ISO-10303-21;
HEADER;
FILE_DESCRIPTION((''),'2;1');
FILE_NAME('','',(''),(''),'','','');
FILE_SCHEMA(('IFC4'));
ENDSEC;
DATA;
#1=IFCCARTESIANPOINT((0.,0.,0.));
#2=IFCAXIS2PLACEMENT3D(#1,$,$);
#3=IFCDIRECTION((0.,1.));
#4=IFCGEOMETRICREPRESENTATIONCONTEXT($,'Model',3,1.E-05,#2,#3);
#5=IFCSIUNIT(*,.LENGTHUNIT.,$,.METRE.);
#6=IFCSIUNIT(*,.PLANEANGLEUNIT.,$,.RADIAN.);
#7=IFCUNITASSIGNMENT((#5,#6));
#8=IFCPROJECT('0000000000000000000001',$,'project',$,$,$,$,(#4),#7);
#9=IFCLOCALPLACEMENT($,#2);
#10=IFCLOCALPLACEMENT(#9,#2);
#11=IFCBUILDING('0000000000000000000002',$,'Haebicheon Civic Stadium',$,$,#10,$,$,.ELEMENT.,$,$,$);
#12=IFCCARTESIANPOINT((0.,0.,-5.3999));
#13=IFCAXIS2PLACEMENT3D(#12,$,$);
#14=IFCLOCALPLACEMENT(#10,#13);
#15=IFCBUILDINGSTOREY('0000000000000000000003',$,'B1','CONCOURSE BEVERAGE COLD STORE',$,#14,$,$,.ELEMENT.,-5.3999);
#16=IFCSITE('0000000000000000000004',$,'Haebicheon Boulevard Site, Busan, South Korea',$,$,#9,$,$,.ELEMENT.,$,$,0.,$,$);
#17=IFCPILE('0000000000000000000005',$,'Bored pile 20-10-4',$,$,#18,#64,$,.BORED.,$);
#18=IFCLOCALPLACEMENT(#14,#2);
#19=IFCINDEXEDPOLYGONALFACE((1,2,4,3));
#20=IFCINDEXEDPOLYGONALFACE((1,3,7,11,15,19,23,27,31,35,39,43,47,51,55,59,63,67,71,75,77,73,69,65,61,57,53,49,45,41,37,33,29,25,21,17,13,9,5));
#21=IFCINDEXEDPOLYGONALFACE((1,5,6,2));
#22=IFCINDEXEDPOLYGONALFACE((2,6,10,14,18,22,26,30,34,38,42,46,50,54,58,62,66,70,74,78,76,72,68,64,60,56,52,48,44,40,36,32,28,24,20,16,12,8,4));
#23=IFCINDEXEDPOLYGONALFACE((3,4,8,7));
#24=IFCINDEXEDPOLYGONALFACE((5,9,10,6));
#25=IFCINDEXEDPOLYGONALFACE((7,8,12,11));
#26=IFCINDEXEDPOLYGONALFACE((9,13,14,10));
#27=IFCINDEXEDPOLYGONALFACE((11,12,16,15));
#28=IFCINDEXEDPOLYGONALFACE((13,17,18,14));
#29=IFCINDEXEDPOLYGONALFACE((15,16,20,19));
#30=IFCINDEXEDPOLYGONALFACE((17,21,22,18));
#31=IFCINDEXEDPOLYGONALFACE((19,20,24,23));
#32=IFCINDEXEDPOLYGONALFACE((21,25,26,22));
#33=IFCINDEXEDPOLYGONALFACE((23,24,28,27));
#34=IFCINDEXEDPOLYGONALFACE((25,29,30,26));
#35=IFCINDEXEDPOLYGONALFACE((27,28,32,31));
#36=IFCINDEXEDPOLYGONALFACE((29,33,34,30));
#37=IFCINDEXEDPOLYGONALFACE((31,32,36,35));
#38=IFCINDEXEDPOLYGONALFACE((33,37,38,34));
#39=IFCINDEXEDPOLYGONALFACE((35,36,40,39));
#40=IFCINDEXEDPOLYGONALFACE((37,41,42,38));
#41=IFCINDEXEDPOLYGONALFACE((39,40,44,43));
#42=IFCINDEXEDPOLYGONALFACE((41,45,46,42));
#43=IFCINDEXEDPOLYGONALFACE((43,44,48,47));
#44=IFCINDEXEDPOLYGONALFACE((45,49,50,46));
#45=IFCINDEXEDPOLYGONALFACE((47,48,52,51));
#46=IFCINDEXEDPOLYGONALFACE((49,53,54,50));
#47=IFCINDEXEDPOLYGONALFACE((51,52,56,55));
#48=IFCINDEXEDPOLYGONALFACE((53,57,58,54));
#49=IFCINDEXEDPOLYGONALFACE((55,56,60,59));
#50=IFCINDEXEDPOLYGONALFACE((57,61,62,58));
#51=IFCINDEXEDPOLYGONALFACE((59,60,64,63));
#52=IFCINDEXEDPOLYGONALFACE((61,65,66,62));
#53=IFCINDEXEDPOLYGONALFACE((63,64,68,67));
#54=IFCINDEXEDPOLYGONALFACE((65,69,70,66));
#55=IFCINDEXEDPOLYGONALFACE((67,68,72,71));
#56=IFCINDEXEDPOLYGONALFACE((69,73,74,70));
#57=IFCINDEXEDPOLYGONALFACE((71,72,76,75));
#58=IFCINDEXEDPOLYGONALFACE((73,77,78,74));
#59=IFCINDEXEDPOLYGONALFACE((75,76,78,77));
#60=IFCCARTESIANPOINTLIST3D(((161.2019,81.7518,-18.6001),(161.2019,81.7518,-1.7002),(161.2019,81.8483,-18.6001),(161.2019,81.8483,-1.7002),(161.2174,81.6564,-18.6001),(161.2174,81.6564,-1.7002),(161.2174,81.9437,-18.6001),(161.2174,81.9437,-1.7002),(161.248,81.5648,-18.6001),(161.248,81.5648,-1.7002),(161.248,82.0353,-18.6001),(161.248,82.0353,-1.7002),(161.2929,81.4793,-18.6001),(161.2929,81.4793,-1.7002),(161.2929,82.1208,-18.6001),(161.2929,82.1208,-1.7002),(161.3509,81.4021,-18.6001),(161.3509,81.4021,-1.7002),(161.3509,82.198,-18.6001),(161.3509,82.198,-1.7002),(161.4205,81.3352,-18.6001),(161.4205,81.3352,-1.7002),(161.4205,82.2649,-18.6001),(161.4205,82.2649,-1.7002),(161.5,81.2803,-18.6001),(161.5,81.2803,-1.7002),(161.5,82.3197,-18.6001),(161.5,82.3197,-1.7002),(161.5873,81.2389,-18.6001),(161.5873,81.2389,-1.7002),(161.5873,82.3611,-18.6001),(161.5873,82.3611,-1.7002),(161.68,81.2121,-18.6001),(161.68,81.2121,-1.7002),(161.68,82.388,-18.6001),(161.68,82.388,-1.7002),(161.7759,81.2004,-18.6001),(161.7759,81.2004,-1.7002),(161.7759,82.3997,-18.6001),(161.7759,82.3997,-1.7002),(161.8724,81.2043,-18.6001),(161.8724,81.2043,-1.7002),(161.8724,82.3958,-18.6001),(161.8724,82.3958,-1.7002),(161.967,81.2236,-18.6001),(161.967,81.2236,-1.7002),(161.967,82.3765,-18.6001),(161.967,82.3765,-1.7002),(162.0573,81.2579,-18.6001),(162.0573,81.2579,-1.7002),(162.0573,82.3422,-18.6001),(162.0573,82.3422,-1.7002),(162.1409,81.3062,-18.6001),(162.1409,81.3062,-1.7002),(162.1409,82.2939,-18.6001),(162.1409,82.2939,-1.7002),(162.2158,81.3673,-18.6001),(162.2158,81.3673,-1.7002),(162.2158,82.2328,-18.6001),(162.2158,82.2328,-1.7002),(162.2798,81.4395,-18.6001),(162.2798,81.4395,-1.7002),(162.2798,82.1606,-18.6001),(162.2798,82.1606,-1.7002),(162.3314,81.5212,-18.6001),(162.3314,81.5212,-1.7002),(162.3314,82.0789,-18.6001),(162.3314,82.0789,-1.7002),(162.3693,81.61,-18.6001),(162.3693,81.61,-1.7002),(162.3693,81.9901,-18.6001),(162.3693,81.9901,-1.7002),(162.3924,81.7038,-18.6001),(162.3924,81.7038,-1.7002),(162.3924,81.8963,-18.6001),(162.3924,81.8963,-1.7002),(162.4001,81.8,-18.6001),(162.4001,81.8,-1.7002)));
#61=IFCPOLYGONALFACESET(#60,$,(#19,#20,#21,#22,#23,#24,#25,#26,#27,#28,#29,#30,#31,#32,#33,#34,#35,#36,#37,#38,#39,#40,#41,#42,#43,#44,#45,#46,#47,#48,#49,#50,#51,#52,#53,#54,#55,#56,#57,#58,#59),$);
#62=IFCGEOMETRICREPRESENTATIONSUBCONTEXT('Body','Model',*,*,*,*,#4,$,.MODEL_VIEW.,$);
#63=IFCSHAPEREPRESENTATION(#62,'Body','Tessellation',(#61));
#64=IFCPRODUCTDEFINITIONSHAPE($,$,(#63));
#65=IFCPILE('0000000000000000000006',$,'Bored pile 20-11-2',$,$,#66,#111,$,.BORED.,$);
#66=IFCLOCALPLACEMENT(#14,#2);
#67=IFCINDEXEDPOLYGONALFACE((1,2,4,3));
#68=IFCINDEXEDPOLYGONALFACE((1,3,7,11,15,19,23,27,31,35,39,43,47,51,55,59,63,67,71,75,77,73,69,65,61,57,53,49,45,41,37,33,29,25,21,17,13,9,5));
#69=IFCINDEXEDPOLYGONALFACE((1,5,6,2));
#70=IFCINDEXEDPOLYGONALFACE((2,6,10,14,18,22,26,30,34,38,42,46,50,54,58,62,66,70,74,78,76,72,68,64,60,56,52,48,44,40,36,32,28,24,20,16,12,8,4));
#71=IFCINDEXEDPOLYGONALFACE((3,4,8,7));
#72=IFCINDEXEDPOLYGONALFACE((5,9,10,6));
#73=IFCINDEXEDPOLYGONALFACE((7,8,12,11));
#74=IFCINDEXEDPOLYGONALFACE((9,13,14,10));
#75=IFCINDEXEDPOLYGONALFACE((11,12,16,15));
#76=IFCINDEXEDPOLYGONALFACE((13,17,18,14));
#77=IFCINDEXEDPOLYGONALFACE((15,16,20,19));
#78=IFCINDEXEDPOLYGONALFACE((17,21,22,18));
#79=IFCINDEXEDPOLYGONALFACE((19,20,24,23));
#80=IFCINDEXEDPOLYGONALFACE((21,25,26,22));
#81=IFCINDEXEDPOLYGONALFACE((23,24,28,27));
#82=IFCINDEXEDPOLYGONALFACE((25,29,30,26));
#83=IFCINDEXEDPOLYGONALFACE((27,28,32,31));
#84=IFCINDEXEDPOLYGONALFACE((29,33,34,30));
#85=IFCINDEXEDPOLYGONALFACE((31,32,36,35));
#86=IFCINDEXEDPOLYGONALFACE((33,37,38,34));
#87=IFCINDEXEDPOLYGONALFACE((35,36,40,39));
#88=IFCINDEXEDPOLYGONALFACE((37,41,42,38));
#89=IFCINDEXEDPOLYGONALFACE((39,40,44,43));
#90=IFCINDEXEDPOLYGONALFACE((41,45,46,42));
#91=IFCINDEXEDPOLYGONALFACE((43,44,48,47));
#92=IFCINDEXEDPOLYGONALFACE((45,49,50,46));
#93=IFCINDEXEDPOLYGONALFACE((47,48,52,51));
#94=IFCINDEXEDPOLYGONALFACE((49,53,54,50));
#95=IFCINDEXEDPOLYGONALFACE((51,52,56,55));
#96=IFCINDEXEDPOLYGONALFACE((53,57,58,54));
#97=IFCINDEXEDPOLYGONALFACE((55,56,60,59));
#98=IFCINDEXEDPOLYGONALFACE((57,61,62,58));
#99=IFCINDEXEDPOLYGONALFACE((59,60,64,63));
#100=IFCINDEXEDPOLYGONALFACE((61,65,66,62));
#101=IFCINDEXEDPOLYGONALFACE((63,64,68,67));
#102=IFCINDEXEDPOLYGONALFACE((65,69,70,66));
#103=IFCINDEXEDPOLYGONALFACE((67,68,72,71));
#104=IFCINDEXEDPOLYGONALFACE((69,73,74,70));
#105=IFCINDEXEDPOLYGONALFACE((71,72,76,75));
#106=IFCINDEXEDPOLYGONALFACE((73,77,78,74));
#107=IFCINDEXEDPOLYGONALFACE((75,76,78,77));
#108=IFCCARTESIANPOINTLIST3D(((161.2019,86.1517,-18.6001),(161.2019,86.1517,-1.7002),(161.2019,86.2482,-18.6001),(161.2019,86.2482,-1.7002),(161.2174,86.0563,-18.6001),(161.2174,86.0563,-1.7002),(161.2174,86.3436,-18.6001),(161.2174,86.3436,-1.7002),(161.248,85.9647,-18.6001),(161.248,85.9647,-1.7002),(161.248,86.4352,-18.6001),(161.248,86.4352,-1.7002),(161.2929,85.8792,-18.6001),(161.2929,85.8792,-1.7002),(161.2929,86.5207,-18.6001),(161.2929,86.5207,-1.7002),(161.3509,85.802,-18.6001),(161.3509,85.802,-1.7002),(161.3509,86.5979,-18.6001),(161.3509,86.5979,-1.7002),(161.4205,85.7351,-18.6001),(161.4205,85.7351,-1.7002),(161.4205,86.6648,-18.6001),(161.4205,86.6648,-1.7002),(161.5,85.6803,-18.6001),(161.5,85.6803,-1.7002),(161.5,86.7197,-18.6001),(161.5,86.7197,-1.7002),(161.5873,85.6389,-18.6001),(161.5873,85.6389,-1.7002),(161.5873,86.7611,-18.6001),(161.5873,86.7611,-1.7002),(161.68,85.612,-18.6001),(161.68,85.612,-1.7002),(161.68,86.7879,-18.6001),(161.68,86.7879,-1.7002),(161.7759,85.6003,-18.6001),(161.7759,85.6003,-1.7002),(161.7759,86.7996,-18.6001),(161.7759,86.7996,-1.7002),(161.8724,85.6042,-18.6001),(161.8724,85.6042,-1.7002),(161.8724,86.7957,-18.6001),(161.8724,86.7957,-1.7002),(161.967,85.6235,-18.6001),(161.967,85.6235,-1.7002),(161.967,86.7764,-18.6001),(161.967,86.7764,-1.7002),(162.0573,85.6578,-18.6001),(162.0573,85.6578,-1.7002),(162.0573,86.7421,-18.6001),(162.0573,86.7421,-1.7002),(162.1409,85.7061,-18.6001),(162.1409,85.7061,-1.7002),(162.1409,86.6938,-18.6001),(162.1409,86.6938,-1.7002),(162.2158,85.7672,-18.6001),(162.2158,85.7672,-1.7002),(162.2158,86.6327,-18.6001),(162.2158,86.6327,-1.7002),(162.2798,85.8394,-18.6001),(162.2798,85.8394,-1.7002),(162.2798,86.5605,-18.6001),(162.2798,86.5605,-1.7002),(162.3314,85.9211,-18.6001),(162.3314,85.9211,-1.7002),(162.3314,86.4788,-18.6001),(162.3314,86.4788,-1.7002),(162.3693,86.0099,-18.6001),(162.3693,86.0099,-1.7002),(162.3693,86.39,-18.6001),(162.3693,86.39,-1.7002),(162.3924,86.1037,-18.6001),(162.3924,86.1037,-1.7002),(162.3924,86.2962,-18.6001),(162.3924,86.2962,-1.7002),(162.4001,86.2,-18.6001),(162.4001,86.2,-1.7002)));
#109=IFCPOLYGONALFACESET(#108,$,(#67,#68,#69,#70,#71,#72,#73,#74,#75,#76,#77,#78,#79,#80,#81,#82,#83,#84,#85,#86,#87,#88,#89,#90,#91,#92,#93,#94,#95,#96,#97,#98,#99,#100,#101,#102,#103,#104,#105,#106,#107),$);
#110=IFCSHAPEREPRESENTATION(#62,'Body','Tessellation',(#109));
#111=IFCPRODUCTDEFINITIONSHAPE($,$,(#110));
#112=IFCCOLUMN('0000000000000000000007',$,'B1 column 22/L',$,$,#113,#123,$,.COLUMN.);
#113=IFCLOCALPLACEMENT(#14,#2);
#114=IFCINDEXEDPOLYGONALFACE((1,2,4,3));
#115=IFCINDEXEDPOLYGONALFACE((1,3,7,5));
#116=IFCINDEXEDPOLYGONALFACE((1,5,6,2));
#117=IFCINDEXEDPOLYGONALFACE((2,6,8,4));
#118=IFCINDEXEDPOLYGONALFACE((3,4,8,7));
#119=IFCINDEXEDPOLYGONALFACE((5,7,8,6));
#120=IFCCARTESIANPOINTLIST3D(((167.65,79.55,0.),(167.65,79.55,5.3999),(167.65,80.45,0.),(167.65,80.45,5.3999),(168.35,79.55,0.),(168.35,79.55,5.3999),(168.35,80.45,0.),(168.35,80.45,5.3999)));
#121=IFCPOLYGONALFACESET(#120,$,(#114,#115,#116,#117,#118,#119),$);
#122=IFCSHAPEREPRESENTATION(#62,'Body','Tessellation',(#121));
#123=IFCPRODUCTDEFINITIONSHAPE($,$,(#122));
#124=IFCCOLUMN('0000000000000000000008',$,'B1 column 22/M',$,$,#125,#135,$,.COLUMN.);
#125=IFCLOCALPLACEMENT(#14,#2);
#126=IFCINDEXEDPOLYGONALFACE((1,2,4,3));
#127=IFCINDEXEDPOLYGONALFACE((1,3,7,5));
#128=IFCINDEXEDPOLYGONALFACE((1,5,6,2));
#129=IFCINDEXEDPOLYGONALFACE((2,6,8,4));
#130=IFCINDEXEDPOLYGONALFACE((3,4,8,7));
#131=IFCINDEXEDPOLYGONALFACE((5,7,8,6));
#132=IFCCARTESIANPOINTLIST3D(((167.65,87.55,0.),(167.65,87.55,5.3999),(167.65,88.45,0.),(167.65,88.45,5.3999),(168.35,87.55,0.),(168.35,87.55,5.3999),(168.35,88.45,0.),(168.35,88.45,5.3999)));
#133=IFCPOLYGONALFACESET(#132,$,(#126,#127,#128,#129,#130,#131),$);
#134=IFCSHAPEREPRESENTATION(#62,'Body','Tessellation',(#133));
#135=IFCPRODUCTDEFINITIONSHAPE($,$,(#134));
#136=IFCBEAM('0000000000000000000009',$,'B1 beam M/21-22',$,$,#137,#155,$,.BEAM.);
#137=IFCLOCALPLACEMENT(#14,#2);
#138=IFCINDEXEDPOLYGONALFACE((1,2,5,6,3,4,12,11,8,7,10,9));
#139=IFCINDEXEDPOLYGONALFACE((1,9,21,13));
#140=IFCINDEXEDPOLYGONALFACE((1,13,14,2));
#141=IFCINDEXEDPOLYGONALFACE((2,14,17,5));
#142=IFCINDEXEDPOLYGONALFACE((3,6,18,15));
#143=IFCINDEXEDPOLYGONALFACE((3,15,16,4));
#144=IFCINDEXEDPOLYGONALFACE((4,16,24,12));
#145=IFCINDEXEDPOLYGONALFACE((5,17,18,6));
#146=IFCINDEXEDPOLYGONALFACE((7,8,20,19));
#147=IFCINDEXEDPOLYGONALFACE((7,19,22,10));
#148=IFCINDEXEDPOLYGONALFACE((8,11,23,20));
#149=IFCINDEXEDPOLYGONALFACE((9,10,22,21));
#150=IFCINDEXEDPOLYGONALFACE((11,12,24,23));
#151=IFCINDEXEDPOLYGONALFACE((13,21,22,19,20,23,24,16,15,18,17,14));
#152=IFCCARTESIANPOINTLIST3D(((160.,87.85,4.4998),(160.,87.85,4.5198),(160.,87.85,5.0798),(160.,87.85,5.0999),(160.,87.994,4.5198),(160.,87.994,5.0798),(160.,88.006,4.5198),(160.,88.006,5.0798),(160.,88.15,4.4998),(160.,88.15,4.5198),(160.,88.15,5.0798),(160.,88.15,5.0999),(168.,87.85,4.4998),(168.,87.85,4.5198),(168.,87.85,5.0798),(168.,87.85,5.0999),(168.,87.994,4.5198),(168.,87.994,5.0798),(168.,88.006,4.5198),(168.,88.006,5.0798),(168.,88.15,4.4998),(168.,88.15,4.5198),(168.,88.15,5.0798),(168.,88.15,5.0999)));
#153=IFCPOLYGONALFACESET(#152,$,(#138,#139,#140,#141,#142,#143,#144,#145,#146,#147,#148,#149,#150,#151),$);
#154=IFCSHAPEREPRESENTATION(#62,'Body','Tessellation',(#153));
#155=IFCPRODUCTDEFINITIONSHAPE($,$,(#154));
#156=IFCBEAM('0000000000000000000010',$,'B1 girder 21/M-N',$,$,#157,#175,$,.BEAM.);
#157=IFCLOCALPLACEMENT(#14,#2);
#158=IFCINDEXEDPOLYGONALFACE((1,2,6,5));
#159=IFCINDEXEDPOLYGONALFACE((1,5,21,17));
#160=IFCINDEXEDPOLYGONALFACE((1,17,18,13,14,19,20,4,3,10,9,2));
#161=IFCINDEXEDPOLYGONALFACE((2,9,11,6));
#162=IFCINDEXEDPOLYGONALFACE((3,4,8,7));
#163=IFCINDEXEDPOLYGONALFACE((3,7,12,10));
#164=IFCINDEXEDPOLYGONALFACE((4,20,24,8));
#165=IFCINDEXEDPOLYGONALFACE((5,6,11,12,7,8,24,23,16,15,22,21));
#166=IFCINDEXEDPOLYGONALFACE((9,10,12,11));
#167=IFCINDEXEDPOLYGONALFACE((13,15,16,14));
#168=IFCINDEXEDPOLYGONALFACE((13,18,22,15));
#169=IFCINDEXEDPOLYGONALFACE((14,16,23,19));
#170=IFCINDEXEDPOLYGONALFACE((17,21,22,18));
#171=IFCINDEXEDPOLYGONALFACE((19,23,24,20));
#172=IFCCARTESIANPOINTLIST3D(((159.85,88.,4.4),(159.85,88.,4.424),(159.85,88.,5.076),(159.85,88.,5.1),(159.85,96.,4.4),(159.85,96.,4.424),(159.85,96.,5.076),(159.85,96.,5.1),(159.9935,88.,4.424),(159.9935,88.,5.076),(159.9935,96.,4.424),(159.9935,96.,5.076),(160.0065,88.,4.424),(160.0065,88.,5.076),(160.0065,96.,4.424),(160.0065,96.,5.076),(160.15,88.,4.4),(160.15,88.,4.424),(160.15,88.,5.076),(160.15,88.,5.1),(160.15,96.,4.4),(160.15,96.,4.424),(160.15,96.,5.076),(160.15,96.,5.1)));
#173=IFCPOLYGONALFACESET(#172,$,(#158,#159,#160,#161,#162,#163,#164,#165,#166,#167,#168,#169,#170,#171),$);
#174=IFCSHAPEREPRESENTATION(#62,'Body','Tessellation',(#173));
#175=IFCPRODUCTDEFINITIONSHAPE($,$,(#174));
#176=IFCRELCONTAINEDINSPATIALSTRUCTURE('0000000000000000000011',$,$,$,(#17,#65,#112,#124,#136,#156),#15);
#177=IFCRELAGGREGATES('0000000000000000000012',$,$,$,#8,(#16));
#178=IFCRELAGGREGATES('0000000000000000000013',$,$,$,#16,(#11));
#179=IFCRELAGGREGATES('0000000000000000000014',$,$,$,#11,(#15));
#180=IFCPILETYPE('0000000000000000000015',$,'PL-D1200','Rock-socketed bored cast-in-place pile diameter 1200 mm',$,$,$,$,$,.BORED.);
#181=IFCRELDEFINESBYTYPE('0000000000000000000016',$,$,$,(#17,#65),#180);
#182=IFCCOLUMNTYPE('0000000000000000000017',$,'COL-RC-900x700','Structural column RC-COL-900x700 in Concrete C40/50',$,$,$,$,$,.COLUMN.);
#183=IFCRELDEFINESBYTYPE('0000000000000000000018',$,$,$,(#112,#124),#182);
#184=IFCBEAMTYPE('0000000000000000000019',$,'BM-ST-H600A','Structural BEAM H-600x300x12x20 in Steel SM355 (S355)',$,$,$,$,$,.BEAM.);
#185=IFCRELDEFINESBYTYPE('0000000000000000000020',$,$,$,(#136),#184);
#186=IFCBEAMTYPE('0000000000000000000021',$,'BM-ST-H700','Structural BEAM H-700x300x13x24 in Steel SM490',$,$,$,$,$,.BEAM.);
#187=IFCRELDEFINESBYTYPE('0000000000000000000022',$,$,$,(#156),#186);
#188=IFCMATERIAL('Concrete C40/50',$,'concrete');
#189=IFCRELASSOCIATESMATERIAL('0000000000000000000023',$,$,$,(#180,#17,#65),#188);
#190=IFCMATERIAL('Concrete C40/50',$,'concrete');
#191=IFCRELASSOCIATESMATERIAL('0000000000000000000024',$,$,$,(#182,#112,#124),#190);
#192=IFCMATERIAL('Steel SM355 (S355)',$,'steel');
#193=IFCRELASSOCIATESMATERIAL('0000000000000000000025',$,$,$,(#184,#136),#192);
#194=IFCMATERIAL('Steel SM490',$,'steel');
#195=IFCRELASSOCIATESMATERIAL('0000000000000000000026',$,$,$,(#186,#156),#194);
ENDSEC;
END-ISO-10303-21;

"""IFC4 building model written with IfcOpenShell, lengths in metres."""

from ifc_helpers import new_model, si_unit, direction, frame, origin, origin_2d, place, context, subcontext, project, spatial, rectangle, circle, i_section, extrude, material, material_profile, profile_set, type_object, element, save


model = new_model("IFC4")

# Units and contexts
model_context = context("Model", 3, precision=1e-05, world=origin(), true_north=direction((0.0, 1.0)))
body_context = subcontext(model_context, "Body", "Model", "MODEL_VIEW")
ifc_project = project(units=[si_unit("LENGTHUNIT", "METRE"), si_unit("PLANEANGLEUNIT", "RADIAN")], contexts=[model_context])

# Site, building, storey
site_placement = place(None, origin())
site = spatial("IfcSite", under=ifc_project, at=site_placement, Name="Haebicheon Boulevard Site, Busan, South Korea", CompositionType="ELEMENT", RefElevation=0.0)
building_placement = place(site_placement, origin())
building = spatial("IfcBuilding", under=site, at=building_placement, Name="Haebicheon Civic Stadium", CompositionType="ELEMENT")
storey_placement = place(building_placement, frame((0.0, 0.0, -5.3999)))
storey = spatial("IfcBuildingStorey", under=building, at=storey_placement, Name="B1", Description="CONCOURSE BEVERAGE COLD STORE", CompositionType="ELEMENT", Elevation=-5.3999)

# Piles
ifc_material_1 = material(Name="Concrete C40/50", Category="concrete")
ifc_material_profile_1 = material_profile(ifc_material_1, circle(Radius=0.6001, at=origin_2d()), Name="PILE-D1200")
ifc_profile_set_1 = profile_set([ifc_material_profile_1], Name="Concrete C40/50")
pile_type_1 = type_object("IfcPileType", Name="PL-D1200", Description="Rock-socketed bored cast-in-place pile diameter 1200 mm", PredefinedType="BORED", material=ifc_profile_set_1)
for number, where, z_axis, x_axis, name in (
    (1, (161.8, 81.8, -1.7002), (0.0, 0.0, -1.0), (1.0, 0.0, 0.0), "Bored pile 20-10-4"),
    (2, (161.8, 86.2, -1.7002), (0.0, 0.0, -1.0), (1.0, 0.0, 0.0), "Bored pile 20-11-2"),
):
    element("IfcPile", number, at=place(storey_placement, frame(where, z_axis=z_axis, x_axis=x_axis)), inside=storey, type_object=pile_type_1, material=ifc_profile_set_1, Name=name, PredefinedType="BORED", context=body_context, shape_type="SweptSolid", body=[
        extrude(circle(Radius=0.6001, at=origin_2d()), origin(), (0.0, 0.0, 1.0), 16.8999),
    ])

# Columns
ifc_material_2 = material(Name="Concrete C40/50", Category="concrete")
ifc_material_profile_2 = material_profile(ifc_material_2, rectangle(XDim=0.7, YDim=0.8999, at=origin_2d()), Name="RC-COL-900x700")
ifc_profile_set_2 = profile_set([ifc_material_profile_2], Name="Concrete C40/50")
column_type = type_object("IfcColumnType", Name="COL-RC-900x700", Description="Structural column RC-COL-900x700 in Concrete C40/50", PredefinedType="COLUMN", material=ifc_profile_set_2)
for number, where, z_axis, x_axis, name in (
    (3, (168.0, 80.0, 0.0), (0.0, 0.0, 1.0), (1.0, 0.0, 0.0), "B1 column 22/L"),
    (4, (168.0, 88.0, 0.0), (0.0, 0.0, 1.0), (1.0, 0.0, 0.0), "B1 column 22/M"),
):
    element("IfcColumn", number, at=place(storey_placement, frame(where, z_axis=z_axis, x_axis=x_axis)), inside=storey, type_object=column_type, material=ifc_profile_set_2, Name=name, PredefinedType="COLUMN", context=body_context, shape_type="SweptSolid", body=[
        extrude(rectangle(XDim=0.7, YDim=0.8999, at=origin_2d()), origin(), (0.0, 0.0, 1.0), 5.3999),
    ])

# Beams
ifc_material_3 = material(Name="Steel SM355 (S355)", Category="steel")
ifc_material_profile_3 = material_profile(ifc_material_3, i_section(OverallWidth=0.3, OverallDepth=0.6001, WebThickness=0.012, FlangeThickness=0.02, at=origin_2d()), Name="H-600x300x12x20")
ifc_profile_set_3 = profile_set([ifc_material_profile_3], Name="Steel SM355 (S355)")
beam_type_1 = type_object("IfcBeamType", Name="BM-ST-H600A", Description="Structural BEAM H-600x300x12x20 in Steel SM355 (S355)", PredefinedType="BEAM", material=ifc_profile_set_3)
beam_1_placement = place(storey_placement, frame((160.0, 88.0, 4.7998), z_axis=(1.0, 0.0, 0.0), x_axis=(0.0, 1.0, 0.0)))
element("IfcBeam", 5, at=beam_1_placement, inside=storey, type_object=beam_type_1, material=ifc_profile_set_3, Name="B1 beam M/21-22", PredefinedType="BEAM", context=body_context, shape_type="SweptSolid", body=[
    extrude(i_section(OverallWidth=0.3, OverallDepth=0.6001, WebThickness=0.012, FlangeThickness=0.02, at=origin_2d()), origin(), (0.0, 0.0, 1.0), 8.0),
])
ifc_material_4 = material(Name="Steel SM490", Category="steel")
ifc_material_profile_4 = material_profile(ifc_material_4, i_section(OverallWidth=0.3, OverallDepth=0.7, WebThickness=0.0129, FlangeThickness=0.0239, at=origin_2d()), Name="H-700x300x13x24")
ifc_profile_set_4 = profile_set([ifc_material_profile_4], Name="Steel SM490")
beam_type_2 = type_object("IfcBeamType", Name="BM-ST-H700", Description="Structural BEAM H-700x300x13x24 in Steel SM490", PredefinedType="BEAM", material=ifc_profile_set_4)
beam_2_placement = place(storey_placement, frame((160.0, 88.0, 4.75), z_axis=(0.0, 1.0, 0.0), x_axis=(-1.0, 0.0, 0.0)))
element("IfcBeam", 6, at=beam_2_placement, inside=storey, type_object=beam_type_2, material=ifc_profile_set_4, Name="B1 girder 21/M-N", PredefinedType="BEAM", context=body_context, shape_type="SweptSolid", body=[
    extrude(i_section(OverallWidth=0.3, OverallDepth=0.7, WebThickness=0.0129, FlangeThickness=0.0239, at=origin_2d()), origin(), (0.0, 0.0, 1.0), 8.0),
])

save(model, "model.ifc")
